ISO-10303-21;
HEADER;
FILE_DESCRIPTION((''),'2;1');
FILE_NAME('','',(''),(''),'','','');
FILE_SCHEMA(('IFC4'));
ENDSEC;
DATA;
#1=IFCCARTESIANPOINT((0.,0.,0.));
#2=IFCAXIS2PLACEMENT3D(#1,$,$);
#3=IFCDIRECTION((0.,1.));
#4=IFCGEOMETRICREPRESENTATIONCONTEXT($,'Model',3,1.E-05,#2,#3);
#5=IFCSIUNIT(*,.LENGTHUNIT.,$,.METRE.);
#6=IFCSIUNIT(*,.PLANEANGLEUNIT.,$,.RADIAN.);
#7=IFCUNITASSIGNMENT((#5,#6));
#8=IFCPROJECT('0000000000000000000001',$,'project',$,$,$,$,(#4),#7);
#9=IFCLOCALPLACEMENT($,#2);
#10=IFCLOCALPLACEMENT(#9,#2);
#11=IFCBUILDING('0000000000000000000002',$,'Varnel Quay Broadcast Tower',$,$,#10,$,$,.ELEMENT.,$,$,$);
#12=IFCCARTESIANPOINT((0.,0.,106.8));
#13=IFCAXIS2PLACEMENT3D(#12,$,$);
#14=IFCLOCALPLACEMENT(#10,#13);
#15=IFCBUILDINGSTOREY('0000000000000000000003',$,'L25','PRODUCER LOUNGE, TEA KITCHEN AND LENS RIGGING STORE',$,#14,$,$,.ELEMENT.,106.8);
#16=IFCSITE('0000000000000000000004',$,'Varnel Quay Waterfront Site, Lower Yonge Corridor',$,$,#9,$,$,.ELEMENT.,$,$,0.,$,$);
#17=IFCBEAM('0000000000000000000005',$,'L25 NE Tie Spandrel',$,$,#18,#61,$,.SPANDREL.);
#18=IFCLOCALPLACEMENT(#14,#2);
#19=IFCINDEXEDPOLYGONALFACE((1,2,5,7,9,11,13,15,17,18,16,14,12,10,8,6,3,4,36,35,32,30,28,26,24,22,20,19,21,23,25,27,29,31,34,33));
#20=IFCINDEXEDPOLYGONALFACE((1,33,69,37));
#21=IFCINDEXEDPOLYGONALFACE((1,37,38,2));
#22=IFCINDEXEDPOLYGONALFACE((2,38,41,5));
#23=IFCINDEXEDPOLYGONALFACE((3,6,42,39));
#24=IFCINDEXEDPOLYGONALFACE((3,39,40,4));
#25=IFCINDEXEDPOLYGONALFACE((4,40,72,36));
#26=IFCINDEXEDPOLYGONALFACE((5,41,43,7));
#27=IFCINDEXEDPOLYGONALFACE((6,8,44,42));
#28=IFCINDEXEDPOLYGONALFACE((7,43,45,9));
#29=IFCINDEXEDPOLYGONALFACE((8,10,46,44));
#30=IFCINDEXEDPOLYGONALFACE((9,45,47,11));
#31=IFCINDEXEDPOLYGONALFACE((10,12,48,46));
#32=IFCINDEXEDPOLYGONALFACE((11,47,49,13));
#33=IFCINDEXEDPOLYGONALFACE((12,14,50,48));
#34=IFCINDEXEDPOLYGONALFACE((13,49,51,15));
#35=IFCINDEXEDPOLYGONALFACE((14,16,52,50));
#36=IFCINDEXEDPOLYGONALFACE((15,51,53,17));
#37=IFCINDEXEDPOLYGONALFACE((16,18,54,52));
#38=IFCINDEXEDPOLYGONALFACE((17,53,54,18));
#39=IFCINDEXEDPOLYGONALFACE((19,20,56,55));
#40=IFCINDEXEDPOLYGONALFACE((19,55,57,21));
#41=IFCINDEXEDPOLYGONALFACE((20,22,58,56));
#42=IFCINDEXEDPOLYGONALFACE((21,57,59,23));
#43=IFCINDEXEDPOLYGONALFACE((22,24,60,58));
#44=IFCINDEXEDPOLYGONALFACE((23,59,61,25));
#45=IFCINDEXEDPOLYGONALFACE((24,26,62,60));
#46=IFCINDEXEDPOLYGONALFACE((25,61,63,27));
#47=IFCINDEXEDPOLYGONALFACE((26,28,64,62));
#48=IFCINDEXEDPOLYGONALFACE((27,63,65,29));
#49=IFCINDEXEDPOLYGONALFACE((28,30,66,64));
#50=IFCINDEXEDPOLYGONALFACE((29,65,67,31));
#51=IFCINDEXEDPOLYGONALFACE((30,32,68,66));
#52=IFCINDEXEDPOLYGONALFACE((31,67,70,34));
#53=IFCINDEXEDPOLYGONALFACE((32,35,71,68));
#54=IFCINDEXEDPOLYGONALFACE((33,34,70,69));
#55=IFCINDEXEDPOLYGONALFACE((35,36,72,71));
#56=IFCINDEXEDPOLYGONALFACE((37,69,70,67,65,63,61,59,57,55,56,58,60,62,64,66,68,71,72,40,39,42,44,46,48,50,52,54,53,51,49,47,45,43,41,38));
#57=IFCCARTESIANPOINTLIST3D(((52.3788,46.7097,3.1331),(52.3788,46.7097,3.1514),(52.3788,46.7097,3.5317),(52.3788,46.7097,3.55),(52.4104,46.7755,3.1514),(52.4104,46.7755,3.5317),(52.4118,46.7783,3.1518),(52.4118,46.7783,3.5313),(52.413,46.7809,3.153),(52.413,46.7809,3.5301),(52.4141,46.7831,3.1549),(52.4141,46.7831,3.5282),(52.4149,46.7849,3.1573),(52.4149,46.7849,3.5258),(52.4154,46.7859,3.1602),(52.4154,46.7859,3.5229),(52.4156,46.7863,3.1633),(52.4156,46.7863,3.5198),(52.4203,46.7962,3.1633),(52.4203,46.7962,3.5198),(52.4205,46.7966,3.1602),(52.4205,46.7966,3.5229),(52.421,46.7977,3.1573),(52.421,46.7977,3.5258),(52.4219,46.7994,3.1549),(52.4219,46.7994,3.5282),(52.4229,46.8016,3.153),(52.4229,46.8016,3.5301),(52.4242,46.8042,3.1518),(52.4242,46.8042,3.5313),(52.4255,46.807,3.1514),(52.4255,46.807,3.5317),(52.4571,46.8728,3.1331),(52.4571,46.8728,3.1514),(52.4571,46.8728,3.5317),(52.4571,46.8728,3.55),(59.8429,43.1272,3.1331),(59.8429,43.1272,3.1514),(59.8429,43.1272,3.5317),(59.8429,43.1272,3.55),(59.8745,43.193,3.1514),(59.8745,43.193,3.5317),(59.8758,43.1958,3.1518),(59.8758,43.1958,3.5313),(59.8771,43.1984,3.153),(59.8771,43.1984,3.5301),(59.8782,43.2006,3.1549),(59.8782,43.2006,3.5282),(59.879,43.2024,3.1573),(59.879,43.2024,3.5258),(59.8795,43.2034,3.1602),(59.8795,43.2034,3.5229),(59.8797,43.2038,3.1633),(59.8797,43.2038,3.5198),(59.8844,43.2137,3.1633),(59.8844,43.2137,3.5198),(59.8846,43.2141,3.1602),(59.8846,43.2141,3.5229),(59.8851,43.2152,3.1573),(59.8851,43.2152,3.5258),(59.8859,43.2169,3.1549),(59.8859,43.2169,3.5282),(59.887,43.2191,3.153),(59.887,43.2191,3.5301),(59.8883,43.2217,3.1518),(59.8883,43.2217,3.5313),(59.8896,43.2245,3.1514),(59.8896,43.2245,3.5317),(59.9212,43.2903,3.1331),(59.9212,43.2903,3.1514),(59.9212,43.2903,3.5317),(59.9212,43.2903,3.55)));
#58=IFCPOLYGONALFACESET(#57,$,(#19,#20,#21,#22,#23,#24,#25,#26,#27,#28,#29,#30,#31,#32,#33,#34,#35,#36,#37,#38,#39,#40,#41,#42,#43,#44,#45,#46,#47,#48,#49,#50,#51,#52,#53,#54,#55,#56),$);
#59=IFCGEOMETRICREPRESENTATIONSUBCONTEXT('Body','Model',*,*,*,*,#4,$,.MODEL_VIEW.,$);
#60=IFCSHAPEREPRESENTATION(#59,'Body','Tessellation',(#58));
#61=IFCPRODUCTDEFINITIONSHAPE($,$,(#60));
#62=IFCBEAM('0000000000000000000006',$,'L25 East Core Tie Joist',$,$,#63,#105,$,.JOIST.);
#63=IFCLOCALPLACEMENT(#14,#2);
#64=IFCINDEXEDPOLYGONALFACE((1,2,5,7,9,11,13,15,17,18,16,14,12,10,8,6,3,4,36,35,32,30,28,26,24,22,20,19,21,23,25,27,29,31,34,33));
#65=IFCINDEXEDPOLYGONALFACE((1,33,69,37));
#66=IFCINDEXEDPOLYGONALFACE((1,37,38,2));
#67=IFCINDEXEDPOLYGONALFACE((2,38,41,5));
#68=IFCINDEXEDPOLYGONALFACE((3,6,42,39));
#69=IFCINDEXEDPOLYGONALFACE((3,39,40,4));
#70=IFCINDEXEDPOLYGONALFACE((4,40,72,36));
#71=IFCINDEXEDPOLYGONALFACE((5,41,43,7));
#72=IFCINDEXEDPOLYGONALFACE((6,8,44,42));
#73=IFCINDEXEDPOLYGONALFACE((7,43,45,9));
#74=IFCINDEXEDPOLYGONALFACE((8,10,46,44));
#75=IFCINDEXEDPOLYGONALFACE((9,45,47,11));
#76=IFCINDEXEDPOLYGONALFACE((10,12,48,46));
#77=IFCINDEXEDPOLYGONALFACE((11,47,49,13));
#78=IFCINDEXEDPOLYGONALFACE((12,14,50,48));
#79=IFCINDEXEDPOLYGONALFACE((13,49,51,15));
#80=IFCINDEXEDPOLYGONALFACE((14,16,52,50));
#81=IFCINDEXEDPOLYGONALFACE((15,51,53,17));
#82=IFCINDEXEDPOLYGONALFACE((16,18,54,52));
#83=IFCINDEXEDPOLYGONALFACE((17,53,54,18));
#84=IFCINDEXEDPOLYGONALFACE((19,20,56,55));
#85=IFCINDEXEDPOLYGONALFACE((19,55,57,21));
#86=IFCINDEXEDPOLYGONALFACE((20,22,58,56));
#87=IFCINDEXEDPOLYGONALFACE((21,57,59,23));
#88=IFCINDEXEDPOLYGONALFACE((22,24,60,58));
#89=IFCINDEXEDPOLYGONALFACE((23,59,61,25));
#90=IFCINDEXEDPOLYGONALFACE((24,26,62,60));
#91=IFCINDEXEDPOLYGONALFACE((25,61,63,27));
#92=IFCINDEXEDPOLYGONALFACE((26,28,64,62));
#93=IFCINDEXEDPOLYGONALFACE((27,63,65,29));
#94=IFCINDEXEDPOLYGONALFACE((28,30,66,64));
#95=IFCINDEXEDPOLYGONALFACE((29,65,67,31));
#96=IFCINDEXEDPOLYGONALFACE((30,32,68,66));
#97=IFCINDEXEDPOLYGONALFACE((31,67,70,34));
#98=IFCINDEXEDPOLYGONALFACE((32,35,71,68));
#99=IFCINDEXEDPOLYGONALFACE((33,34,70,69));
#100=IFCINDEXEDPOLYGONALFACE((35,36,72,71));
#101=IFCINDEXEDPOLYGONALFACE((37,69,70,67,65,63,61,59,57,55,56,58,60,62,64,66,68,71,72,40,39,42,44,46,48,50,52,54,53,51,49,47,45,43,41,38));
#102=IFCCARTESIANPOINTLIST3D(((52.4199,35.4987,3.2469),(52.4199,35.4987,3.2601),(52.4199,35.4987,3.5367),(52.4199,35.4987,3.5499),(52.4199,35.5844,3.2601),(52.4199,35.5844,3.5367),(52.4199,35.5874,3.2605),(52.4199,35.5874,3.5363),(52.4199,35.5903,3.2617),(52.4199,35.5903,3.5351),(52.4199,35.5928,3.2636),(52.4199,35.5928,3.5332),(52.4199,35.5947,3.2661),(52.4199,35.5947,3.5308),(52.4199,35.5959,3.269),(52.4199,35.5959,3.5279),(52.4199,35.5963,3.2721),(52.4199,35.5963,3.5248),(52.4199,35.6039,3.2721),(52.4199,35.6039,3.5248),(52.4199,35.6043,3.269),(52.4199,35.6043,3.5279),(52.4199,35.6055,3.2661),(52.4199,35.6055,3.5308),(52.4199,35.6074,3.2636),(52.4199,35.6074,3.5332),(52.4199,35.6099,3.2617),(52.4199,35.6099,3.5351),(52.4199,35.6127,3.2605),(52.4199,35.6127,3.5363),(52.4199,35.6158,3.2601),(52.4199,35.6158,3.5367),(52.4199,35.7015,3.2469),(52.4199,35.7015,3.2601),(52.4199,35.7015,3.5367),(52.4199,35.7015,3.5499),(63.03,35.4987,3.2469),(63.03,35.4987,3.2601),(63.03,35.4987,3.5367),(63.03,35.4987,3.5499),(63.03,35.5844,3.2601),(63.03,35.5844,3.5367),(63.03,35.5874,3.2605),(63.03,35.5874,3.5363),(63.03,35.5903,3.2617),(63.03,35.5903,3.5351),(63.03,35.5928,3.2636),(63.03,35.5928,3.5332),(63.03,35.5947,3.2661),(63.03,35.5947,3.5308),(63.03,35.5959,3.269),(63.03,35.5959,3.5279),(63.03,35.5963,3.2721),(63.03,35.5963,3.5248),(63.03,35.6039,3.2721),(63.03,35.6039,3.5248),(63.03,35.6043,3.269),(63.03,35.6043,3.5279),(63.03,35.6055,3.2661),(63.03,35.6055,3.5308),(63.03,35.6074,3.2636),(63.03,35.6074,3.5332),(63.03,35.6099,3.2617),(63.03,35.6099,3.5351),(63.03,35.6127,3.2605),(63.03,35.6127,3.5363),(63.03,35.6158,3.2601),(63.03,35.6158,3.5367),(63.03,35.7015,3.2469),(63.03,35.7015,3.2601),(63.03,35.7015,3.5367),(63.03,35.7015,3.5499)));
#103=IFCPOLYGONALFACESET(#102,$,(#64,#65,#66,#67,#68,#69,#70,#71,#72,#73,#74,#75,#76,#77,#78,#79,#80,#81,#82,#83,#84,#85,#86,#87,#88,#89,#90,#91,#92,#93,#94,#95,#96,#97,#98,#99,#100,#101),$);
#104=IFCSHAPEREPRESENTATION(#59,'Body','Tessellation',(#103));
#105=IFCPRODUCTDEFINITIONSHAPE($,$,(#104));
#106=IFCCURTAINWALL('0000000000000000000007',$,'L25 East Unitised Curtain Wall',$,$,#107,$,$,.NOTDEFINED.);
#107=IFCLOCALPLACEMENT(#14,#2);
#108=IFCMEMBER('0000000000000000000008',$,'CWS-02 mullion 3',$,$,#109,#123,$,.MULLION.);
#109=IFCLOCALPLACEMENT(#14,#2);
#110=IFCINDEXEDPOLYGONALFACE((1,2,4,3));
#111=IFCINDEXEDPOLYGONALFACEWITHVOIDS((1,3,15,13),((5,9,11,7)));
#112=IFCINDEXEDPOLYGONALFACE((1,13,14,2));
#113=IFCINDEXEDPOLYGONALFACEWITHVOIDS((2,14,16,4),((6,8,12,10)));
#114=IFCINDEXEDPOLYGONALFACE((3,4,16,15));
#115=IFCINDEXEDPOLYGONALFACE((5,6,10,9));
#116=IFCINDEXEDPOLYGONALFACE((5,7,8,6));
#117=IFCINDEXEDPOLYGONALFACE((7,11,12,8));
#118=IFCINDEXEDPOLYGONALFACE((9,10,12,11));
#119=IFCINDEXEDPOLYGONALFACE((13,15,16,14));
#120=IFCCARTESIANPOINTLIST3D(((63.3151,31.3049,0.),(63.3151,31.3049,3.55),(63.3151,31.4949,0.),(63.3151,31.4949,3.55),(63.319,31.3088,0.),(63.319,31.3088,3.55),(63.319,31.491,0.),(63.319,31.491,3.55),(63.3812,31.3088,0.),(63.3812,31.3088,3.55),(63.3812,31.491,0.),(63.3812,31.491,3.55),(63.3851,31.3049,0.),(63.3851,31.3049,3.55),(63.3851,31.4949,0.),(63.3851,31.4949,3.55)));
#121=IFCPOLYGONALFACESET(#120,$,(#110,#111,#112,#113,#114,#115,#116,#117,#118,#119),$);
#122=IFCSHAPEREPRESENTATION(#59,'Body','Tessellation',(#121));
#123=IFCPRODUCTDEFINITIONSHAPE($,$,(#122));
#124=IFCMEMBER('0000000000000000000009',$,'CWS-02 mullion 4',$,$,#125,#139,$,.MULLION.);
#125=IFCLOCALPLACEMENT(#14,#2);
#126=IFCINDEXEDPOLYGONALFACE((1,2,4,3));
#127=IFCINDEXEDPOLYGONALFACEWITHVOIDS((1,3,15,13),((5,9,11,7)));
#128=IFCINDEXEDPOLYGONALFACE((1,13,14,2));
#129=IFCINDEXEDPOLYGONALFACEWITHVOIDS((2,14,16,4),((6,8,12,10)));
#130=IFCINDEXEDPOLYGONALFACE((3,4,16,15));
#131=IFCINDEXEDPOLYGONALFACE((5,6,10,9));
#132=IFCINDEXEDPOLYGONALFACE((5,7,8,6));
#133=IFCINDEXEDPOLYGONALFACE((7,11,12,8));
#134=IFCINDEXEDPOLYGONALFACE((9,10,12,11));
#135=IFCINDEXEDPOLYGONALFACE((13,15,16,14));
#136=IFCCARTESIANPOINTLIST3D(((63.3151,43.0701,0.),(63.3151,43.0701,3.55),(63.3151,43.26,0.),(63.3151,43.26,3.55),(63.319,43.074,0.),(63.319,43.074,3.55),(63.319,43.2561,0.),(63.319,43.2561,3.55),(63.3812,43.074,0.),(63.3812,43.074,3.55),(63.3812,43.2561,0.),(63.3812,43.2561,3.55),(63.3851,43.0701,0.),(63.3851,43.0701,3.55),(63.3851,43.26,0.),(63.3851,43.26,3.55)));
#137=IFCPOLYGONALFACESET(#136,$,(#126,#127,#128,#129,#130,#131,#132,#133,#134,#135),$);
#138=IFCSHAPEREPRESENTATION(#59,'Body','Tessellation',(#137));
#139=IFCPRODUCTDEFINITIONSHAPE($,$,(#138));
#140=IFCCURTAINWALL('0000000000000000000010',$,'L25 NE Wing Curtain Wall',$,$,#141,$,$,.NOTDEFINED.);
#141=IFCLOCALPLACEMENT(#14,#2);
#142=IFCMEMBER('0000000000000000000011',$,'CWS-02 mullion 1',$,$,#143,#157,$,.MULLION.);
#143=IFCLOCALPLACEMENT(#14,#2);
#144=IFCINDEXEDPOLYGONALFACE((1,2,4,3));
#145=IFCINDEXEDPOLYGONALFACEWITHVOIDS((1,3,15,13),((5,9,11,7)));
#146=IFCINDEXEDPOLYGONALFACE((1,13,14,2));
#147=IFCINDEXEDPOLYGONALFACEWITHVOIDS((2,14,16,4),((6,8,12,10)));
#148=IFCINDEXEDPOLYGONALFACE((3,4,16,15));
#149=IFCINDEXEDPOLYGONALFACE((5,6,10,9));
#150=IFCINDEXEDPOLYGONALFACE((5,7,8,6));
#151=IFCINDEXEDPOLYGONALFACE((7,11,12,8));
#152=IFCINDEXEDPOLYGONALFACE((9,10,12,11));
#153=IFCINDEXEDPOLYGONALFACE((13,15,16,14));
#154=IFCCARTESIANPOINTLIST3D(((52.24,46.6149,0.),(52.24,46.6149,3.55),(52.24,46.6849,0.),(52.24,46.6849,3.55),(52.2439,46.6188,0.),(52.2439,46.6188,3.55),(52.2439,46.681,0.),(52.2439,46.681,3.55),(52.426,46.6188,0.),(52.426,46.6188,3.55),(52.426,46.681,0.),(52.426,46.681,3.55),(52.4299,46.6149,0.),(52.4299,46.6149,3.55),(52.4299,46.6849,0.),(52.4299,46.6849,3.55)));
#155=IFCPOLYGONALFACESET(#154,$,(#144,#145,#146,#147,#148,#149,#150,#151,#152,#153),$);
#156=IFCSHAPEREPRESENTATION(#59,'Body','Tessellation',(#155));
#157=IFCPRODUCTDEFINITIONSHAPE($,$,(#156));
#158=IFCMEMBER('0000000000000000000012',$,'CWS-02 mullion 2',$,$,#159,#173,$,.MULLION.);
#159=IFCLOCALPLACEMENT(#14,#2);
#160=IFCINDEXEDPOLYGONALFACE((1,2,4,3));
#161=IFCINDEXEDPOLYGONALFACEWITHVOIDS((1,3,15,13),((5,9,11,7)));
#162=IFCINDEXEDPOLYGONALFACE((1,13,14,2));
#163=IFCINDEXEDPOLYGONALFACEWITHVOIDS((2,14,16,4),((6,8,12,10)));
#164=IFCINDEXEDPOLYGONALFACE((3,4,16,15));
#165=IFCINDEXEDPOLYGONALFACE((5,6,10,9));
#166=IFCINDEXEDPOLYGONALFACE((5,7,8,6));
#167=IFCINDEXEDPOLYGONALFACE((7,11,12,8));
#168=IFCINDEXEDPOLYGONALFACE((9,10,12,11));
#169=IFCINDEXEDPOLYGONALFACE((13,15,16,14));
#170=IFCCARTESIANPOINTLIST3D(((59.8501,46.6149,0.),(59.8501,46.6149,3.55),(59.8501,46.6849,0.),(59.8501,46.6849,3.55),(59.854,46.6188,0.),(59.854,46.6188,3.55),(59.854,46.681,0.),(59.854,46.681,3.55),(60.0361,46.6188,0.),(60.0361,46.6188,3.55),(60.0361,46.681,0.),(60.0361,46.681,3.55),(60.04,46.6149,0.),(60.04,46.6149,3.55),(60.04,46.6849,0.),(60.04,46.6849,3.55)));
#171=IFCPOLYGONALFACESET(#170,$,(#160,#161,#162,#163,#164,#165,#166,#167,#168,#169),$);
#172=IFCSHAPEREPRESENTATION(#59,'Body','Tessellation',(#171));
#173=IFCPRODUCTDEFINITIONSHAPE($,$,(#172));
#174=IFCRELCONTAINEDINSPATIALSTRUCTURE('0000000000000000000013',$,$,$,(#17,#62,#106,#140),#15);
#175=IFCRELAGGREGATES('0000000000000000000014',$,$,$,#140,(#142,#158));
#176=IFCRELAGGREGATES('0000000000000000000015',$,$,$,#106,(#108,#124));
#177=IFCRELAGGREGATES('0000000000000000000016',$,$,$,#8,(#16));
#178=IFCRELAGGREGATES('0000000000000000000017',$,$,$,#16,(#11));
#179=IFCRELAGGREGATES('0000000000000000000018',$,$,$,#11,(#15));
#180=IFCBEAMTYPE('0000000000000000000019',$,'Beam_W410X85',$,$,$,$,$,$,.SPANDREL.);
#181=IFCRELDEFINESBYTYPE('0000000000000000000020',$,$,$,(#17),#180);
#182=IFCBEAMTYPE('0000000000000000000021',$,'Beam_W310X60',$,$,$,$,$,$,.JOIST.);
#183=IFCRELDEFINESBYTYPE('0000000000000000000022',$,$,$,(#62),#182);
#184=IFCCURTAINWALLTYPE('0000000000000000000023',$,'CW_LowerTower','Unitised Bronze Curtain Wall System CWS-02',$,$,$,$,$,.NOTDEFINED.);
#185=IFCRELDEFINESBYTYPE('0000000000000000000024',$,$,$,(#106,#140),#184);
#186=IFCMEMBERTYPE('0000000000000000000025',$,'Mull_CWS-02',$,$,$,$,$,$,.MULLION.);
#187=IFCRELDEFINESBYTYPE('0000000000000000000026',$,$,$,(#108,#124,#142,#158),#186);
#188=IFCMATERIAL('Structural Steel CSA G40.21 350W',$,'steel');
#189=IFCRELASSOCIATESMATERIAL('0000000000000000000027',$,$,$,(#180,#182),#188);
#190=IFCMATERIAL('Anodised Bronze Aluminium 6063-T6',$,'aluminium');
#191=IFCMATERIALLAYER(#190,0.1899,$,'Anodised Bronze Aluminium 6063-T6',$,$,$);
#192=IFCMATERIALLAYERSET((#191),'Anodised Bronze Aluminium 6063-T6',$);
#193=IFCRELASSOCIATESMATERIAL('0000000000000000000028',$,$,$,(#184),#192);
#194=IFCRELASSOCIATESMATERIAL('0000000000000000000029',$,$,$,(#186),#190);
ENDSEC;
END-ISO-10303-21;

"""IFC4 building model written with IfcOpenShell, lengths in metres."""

from ifc_helpers import new_model, si_unit, direction, frame, origin, origin_2d, place, context, subcontext, project, spatial, hollow_rectangle, i_section, extrude, source, transform, mapped, material, layer, layer_set, material_profile, profile_set, type_object, type_shapes, element, aggregate, save


model = new_model("IFC4")

# Units and contexts
model_context = context("Model", 3, precision=1e-05, world=origin(), true_north=direction((0.0, 1.0)))
body_context = subcontext(model_context, "Body", "Model", "MODEL_VIEW")
ifc_project = project(units=[si_unit("LENGTHUNIT", "METRE"), si_unit("PLANEANGLEUNIT", "RADIAN")], contexts=[model_context])

# Site, building, storey
site_placement = place(None, origin())
site = spatial("IfcSite", under=ifc_project, at=site_placement, Name="Varnel Quay Waterfront Site, Lower Yonge Corridor", CompositionType="ELEMENT", RefElevation=0.0)
building_placement = place(site_placement, origin())
building = spatial("IfcBuilding", under=site, at=building_placement, Name="Varnel Quay Broadcast Tower", CompositionType="ELEMENT")
storey_placement = place(building_placement, frame((0.0, 0.0, 106.8)))
storey = spatial("IfcBuildingStorey", under=building, at=storey_placement, Name="L25", Description="PRODUCER LOUNGE, TEA KITCHEN AND LENS RIGGING STORE", CompositionType="ELEMENT", Elevation=106.8)

# Shared definitions
ifc_material_1 = material(Name="Structural Steel CSA G40.21 350W", Category="steel")

# Beams
ifc_material_profile_1 = material_profile(ifc_material_1, i_section(OverallWidth=0.1809, OverallDepth=0.417, WebThickness=0.011, FlangeThickness=0.0183, FilletRadius=0.012, at=origin_2d()), Name="W410X85")
ifc_profile_set_1 = profile_set([ifc_material_profile_1], Name="Structural Steel CSA G40.21 350W")
beam_type_1 = type_object("IfcBeamType", Name="Beam_W410X85", PredefinedType="SPANDREL", material=ifc_profile_set_1)
shared_shape_1 = source(origin(), body_context, "Body", "SweptSolid", [
    extrude(i_section(OverallWidth=0.1809, OverallDepth=0.417, WebThickness=0.011, FlangeThickness=0.0183, FilletRadius=0.012, at=origin_2d()), origin(), (0.0, 0.0, 1.0), 8.2793),
])
beam_1_placement = place(storey_placement, frame((52.418, 46.7913, 3.3416), z_axis=(0.901535, -0.432706, 0.0), x_axis=(0.432706, 0.901535, 0.0)))
element("IfcBeam", 1, at=beam_1_placement, inside=storey, type_object=beam_type_1, Name="L25 NE Tie Spandrel", PredefinedType="SPANDREL", context=body_context, shape_type="MappedRepresentation", body=[
    mapped(shared_shape_1, transform((0.0, 0.0, 0.0), x_axis=(1.0, 0.0, 0.0), y_axis=(0.0, 1.0, 0.0), z_axis=(0.0, 0.0, 1.0), scale=1.0)),
])
ifc_material_profile_2 = material_profile(ifc_material_1, i_section(OverallWidth=0.2029, OverallDepth=0.303, WebThickness=0.0076, FlangeThickness=0.0132, FilletRadius=0.012, at=origin_2d()), Name="W310X60")
ifc_profile_set_2 = profile_set([ifc_material_profile_2], Name="Structural Steel CSA G40.21 350W")
beam_type_2 = type_object("IfcBeamType", Name="Beam_W310X60", PredefinedType="JOIST", material=ifc_profile_set_2)
shared_shape_2 = source(origin(), body_context, "Body", "SweptSolid", [
    extrude(i_section(OverallWidth=0.2029, OverallDepth=0.303, WebThickness=0.0076, FlangeThickness=0.0132, FilletRadius=0.012, at=origin_2d()), origin(), (0.0, 0.0, 1.0), 10.6101),
])
type_shapes(beam_type_2, [shared_shape_2])
beam_2_placement = place(storey_placement, frame((52.4199, 35.6001, 3.3984), z_axis=(1.0, 0.0, 0.0), x_axis=(0.0, 1.0, 0.0)))
element("IfcBeam", 2, at=beam_2_placement, inside=storey, type_object=beam_type_2, Name="L25 East Core Tie Joist", PredefinedType="JOIST", context=body_context, shape_type="MappedRepresentation", body=[
    mapped(shared_shape_2, transform((0.0, 0.0, 0.0), x_axis=(1.0, 0.0, 0.0), y_axis=(0.0, 1.0, 0.0), z_axis=(0.0, 0.0, 1.0), scale=1.0)),
])

# Curtain walls, members
ifc_material_2 = material(Name="Anodised Bronze Aluminium 6063-T6", Category="aluminium")
ifc_layer_1 = layer(ifc_material_2, 0.1899, Name="Anodised Bronze Aluminium 6063-T6")
ifc_layer_set_1 = layer_set([ifc_layer_1], Name="Anodised Bronze Aluminium 6063-T6")
curtain_wall_type = type_object("IfcCurtainWallType", Name="CW_LowerTower", Description="Unitised Bronze Curtain Wall System CWS-02", PredefinedType="NOTDEFINED", material=ifc_layer_set_1)
curtain_wall_1_placement = place(storey_placement, origin())
curtain_wall_1 = element("IfcCurtainWall", 3, at=curtain_wall_1_placement, inside=storey, type_object=curtain_wall_type, Name="L25 East Unitised Curtain Wall", PredefinedType="NOTDEFINED")
ifc_material_profile_3 = material_profile(ifc_material_2, hollow_rectangle(XDim=0.0701, YDim=0.1899, WallThickness=0.0039, at=origin_2d()), Name="ALU70X190X4")
ifc_profile_set_3 = profile_set([ifc_material_profile_3], Name="Anodised Bronze Aluminium 6063-T6")
member_type_1 = type_object("IfcMemberType", Name="Mull_CWS-02", PredefinedType="MULLION", material=ifc_profile_set_3)
shared_shape_3 = source(origin(), body_context, "Body", "SweptSolid", [
    extrude(hollow_rectangle(XDim=0.0701, YDim=0.1899, WallThickness=0.0039, at=origin_2d()), origin(), (0.0, 0.0, 1.0), 3.55),
])
type_shapes(member_type_1, [shared_shape_3])
member_1_placement = place(storey_placement, frame((63.3501, 31.3999, 0.0), z_axis=(0.0, 0.0, 1.0), x_axis=(-1.0, 0.0, 0.0)))
member_1 = element("IfcMember", 4, at=member_1_placement, type_object=member_type_1, Name="CWS-02 mullion 3", PredefinedType="MULLION", context=body_context, shape_type="MappedRepresentation", body=[
    mapped(shared_shape_3, transform((0.0, 0.0, 0.0), x_axis=(1.0, 0.0, 0.0), y_axis=(0.0, 1.0, 0.0), z_axis=(0.0, 0.0, 1.0), scale=1.0)),
])
member_2_placement = place(storey_placement, frame((63.3501, 43.165, 0.0), z_axis=(0.0, 0.0, 1.0), x_axis=(-1.0, 0.0, 0.0)))
member_2 = element("IfcMember", 5, at=member_2_placement, type_object=member_type_1, Name="CWS-02 mullion 4", PredefinedType="MULLION", context=body_context, shape_type="MappedRepresentation", body=[
    mapped(shared_shape_3, transform((0.0, 0.0, 0.0), x_axis=(1.0, 0.0, 0.0), y_axis=(0.0, 1.0, 0.0), z_axis=(0.0, 0.0, 1.0), scale=1.0)),
])
curtain_wall_2_placement = place(storey_placement, origin())
curtain_wall_2 = element("IfcCurtainWall", 6, at=curtain_wall_2_placement, inside=storey, type_object=curtain_wall_type, Name="L25 NE Wing Curtain Wall", PredefinedType="NOTDEFINED")
member_3_placement = place(storey_placement, frame((52.335, 46.6499, 0.0), z_axis=(0.0, 0.0, 1.0), x_axis=(0.0, 1.0, 0.0)))
member_3 = element("IfcMember", 7, at=member_3_placement, type_object=member_type_1, Name="CWS-02 mullion 1", PredefinedType="MULLION", context=body_context, shape_type="MappedRepresentation", body=[
    mapped(shared_shape_3, transform((0.0, 0.0, 0.0), x_axis=(1.0, 0.0, 0.0), y_axis=(0.0, 1.0, 0.0), z_axis=(0.0, 0.0, 1.0), scale=1.0)),
])
member_4_placement = place(storey_placement, frame((59.9451, 46.6499, 0.0), z_axis=(0.0, 0.0, 1.0), x_axis=(0.0, 1.0, 0.0)))
member_4 = element("IfcMember", 8, at=member_4_placement, type_object=member_type_1, Name="CWS-02 mullion 2", PredefinedType="MULLION", context=body_context, shape_type="MappedRepresentation", body=[
    mapped(shared_shape_3, transform((0.0, 0.0, 0.0), x_axis=(1.0, 0.0, 0.0), y_axis=(0.0, 1.0, 0.0), z_axis=(0.0, 0.0, 1.0), scale=1.0)),
])

aggregate(curtain_wall_2, [member_3, member_4])
aggregate(curtain_wall_1, [member_1, member_2])

save(model, "model.ifc")
